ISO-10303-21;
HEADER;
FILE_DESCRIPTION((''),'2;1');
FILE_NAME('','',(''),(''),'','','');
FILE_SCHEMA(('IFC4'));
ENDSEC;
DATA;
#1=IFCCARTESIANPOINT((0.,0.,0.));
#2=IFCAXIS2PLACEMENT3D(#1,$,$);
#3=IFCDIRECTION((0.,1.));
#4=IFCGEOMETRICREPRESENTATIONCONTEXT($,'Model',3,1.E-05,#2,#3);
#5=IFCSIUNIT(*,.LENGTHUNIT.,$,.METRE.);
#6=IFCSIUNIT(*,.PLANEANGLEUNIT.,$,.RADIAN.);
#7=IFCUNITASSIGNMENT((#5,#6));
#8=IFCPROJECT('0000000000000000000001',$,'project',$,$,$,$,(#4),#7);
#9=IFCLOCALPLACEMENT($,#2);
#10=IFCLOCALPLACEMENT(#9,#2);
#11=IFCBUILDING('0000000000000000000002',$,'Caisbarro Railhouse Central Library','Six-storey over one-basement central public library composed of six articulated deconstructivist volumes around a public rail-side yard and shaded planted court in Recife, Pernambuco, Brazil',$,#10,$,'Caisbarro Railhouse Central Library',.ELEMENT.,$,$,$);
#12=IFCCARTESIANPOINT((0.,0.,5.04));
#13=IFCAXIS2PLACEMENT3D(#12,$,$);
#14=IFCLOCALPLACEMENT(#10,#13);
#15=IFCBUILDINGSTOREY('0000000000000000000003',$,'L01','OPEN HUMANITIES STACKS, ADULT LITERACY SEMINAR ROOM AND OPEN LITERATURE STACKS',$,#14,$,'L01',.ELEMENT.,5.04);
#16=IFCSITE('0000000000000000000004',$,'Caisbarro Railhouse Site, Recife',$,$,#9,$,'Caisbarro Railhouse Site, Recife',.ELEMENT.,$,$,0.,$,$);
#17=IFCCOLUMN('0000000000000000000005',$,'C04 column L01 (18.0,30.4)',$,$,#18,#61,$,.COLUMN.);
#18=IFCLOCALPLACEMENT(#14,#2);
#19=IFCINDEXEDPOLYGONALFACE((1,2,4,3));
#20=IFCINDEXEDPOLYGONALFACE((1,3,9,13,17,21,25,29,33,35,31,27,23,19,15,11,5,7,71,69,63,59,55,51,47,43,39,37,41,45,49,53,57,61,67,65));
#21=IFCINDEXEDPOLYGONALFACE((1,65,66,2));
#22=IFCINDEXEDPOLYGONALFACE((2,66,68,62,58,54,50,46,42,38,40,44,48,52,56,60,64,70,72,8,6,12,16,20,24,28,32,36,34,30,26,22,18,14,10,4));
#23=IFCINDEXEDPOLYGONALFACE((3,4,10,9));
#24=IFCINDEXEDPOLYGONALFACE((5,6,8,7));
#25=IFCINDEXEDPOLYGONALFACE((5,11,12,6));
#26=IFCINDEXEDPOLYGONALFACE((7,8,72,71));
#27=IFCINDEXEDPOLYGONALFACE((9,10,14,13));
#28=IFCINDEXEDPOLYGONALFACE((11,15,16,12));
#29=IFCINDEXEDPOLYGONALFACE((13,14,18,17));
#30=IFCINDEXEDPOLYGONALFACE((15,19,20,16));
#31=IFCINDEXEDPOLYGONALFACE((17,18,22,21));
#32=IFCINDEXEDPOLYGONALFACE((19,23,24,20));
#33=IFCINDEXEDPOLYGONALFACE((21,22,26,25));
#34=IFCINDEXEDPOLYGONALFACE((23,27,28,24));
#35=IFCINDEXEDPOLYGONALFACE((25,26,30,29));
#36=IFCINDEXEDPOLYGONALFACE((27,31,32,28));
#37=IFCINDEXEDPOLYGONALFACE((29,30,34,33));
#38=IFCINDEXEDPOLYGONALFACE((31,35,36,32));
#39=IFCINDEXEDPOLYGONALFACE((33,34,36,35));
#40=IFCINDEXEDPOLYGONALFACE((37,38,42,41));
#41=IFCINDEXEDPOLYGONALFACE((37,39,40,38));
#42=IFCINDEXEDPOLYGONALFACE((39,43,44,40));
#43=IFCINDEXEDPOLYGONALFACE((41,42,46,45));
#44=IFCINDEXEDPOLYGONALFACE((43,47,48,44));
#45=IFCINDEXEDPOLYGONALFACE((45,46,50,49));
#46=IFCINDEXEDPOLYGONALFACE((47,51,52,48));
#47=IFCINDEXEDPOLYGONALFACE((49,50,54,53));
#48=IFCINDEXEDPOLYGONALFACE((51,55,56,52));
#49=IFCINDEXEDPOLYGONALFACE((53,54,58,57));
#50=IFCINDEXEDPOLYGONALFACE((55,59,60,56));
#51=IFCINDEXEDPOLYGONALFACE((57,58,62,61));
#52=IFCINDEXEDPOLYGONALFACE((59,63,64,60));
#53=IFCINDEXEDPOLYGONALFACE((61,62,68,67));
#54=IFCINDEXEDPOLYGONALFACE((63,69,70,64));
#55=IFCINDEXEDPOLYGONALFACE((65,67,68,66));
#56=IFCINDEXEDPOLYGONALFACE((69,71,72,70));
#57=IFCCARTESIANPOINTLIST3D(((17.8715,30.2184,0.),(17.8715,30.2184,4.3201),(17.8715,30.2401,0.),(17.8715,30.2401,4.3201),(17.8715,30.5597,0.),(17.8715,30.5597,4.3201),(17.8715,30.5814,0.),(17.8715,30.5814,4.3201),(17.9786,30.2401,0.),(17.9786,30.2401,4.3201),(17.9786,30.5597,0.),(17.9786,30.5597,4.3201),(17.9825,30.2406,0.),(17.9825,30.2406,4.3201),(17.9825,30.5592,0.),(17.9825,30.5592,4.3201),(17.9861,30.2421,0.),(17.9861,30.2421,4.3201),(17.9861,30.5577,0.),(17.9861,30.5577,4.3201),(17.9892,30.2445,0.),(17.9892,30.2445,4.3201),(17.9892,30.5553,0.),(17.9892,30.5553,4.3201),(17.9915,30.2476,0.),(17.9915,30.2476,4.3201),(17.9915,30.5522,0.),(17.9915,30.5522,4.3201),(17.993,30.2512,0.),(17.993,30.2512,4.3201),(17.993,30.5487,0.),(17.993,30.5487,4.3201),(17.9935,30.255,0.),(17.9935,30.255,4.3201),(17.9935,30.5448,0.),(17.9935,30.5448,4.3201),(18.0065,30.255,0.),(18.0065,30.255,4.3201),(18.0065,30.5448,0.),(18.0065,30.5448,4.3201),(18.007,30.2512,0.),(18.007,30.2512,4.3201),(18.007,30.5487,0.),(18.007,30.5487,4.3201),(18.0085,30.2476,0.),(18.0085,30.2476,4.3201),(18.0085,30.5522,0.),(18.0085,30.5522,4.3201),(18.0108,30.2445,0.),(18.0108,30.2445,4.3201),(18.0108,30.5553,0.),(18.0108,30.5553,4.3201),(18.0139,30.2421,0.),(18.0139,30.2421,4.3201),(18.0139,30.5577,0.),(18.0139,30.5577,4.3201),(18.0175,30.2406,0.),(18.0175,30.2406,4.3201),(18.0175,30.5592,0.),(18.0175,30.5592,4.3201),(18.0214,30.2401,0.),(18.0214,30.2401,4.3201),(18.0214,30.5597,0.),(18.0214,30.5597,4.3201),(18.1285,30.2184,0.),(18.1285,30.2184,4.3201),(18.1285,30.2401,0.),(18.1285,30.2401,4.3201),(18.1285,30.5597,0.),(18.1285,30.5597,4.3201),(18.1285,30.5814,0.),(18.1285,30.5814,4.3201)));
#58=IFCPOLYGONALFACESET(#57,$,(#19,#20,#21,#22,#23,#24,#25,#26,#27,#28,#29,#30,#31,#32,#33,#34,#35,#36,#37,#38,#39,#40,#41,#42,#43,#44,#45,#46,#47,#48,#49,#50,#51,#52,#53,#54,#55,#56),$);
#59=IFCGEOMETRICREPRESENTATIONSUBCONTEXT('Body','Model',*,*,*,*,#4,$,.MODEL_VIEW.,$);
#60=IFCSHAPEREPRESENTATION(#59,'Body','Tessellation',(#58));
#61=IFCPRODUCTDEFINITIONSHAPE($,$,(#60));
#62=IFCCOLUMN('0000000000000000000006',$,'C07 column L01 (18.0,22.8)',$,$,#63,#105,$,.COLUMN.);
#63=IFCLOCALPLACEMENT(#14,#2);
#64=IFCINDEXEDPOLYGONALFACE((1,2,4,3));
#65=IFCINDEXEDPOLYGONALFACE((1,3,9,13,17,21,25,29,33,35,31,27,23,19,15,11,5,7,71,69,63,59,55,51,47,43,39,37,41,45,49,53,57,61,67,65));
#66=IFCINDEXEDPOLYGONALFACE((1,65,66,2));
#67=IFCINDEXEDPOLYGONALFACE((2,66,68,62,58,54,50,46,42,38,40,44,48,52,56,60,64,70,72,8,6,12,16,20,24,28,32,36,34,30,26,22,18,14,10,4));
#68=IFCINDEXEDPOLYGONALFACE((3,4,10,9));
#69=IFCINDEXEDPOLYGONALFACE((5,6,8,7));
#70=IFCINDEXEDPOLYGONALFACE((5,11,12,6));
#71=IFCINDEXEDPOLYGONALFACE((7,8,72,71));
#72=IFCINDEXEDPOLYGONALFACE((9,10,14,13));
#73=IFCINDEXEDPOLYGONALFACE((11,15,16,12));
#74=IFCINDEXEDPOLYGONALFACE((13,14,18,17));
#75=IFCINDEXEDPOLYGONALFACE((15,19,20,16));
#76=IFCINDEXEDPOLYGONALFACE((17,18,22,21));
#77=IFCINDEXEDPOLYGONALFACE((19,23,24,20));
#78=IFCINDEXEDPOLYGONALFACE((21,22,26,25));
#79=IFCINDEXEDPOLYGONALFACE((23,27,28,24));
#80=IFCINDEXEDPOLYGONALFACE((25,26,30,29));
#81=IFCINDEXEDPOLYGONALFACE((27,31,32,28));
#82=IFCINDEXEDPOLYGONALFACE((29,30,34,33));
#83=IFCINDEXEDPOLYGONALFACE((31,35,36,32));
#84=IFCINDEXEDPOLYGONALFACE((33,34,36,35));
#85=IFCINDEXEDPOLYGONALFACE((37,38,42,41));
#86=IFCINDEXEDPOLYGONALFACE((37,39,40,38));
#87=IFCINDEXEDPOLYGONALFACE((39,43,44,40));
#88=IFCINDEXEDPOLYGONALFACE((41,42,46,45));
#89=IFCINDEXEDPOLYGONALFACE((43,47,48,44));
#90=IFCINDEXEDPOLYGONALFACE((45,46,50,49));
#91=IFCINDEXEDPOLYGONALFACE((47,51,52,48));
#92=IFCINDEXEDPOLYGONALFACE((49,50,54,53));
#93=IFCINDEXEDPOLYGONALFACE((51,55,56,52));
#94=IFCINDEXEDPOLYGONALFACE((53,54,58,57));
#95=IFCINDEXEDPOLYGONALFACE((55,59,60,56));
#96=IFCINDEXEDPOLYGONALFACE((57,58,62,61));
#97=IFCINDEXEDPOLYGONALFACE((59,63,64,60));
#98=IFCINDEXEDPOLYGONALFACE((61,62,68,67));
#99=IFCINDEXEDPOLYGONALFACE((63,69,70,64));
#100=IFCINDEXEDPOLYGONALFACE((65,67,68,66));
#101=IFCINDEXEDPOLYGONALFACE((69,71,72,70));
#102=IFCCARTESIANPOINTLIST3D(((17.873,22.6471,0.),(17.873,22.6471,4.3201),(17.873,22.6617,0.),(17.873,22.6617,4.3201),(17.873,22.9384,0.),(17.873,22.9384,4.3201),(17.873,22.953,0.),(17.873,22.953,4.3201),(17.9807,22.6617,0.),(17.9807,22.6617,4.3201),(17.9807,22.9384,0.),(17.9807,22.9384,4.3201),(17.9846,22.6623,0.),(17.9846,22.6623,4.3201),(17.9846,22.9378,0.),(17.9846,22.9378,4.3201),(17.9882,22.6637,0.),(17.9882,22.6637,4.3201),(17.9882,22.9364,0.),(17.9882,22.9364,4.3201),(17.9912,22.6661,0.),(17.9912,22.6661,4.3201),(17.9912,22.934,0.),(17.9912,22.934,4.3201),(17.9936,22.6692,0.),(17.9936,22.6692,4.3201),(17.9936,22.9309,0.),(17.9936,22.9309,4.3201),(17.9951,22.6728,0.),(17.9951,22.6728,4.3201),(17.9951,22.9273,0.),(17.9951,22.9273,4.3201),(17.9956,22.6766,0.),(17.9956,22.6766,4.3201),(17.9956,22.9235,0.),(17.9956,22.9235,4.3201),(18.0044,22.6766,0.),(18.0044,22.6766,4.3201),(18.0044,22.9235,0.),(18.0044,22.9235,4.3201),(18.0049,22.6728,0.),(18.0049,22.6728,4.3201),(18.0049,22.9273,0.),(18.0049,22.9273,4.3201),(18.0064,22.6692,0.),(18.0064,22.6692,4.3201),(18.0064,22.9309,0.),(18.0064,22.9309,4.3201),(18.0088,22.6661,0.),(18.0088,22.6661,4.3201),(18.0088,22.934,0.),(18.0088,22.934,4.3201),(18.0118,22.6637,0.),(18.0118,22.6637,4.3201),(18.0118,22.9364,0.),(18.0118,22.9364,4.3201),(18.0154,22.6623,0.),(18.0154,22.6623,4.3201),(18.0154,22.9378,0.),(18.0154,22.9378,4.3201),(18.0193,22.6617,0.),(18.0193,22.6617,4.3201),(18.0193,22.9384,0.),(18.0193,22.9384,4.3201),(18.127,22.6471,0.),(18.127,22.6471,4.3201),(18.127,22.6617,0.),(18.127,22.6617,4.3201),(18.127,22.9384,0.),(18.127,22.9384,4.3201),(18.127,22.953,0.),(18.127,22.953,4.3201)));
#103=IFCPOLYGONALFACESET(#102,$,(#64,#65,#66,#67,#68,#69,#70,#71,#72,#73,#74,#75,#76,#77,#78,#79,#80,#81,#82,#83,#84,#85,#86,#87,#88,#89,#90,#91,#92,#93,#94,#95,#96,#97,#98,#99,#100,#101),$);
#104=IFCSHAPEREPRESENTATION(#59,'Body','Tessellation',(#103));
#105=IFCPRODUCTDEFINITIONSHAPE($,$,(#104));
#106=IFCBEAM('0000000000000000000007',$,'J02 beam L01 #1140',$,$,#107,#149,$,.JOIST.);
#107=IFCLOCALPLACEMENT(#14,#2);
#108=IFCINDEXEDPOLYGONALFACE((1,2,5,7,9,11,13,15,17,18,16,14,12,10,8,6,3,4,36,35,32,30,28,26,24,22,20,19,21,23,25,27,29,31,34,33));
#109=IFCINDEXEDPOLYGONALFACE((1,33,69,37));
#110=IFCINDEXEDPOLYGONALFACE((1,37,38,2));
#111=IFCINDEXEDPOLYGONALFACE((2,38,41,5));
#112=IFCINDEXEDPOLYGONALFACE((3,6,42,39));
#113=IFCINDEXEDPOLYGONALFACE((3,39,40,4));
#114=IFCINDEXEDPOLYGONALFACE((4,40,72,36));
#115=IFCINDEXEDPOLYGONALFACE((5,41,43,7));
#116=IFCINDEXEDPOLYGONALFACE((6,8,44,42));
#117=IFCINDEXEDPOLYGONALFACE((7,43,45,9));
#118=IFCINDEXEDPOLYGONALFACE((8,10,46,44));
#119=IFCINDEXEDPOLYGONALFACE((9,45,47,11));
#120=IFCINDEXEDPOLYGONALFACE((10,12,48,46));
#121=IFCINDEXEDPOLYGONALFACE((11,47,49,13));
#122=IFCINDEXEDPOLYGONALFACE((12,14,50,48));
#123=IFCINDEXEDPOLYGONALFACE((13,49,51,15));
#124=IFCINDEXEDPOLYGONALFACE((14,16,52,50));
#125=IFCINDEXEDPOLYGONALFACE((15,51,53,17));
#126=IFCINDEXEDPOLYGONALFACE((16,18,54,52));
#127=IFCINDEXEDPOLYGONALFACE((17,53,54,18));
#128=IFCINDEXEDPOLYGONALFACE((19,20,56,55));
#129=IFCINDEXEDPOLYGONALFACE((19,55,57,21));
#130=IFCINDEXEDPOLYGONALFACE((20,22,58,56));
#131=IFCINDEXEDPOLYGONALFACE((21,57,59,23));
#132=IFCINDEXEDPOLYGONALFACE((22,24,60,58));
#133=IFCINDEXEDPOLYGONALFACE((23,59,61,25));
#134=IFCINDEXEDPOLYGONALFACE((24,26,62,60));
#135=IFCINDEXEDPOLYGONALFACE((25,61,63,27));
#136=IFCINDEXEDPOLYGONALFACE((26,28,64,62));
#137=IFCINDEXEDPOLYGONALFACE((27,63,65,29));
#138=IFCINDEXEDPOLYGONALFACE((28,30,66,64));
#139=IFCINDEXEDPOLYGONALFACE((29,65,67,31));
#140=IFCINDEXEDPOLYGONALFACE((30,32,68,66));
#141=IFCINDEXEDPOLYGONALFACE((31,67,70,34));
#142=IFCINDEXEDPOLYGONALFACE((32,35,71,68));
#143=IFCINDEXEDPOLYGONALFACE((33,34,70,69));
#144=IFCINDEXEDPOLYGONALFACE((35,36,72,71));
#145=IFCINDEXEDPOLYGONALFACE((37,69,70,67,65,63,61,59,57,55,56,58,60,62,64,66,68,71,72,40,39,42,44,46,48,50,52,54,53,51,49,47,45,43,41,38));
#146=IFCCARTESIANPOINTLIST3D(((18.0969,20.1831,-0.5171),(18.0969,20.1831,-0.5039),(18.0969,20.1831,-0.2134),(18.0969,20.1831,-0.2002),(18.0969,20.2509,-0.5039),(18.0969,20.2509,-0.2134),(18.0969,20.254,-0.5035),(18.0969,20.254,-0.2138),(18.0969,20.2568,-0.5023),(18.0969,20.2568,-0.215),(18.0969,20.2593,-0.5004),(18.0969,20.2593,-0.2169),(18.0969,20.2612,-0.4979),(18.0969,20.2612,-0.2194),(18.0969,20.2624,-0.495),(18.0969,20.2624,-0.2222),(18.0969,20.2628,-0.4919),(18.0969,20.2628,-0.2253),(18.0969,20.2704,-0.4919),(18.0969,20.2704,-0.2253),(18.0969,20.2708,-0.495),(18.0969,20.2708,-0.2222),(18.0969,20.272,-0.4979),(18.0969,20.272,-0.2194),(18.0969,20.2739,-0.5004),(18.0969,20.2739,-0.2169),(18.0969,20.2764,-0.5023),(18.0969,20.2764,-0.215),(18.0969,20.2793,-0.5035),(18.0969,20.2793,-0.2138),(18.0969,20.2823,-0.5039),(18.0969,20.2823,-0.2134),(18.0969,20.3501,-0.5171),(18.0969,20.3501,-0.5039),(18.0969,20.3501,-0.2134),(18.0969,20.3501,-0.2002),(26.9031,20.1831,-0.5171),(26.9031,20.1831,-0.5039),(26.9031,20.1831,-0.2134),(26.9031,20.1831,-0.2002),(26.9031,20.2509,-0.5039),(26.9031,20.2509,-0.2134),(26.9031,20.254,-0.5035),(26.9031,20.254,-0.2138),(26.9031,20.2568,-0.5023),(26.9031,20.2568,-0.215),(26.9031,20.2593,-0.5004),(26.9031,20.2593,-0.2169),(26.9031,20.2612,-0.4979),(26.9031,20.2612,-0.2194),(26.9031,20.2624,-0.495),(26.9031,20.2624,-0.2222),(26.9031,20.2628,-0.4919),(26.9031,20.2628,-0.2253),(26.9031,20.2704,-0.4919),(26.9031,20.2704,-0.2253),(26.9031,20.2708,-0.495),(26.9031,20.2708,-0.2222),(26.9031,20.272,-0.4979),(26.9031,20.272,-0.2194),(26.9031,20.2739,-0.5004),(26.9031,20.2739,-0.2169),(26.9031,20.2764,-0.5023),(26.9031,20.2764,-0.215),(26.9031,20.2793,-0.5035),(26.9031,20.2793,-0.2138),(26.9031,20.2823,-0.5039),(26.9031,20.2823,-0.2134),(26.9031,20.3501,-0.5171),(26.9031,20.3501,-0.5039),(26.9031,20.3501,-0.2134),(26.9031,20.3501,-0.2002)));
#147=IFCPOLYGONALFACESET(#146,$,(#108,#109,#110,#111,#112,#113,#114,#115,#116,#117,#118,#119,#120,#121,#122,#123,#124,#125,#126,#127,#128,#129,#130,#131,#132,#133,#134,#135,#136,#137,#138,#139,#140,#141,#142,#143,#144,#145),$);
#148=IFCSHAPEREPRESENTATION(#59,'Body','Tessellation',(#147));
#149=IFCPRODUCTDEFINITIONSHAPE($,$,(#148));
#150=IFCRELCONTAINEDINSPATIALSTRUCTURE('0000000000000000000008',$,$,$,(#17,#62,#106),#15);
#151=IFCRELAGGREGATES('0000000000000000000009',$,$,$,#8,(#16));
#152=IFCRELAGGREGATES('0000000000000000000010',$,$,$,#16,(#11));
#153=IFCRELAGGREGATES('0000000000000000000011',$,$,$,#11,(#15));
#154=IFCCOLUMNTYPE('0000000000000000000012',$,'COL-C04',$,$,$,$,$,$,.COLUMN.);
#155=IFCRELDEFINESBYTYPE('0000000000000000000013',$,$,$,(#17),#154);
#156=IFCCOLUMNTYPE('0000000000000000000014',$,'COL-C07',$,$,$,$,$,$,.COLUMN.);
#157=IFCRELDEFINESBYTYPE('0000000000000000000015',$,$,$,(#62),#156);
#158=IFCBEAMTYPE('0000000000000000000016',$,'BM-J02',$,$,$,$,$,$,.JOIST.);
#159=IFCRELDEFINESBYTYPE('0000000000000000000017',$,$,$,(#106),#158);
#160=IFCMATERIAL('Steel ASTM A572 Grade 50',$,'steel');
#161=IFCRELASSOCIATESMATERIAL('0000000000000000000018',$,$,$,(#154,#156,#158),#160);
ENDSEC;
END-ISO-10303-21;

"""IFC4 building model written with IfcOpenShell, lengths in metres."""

from ifc_helpers import new_model, si_unit, direction, frame, origin, origin_2d, place, context, subcontext, project, spatial, i_section, extrude, material, material_profile, profile_set, type_object, element, save


model = new_model("IFC4")

# Units and contexts
model_context = context("Model", 3, precision=1e-05, world=origin(), true_north=direction((0.0, 1.0)))
body_context = subcontext(model_context, "Body", "Model", "MODEL_VIEW")
ifc_project = project(units=[si_unit("LENGTHUNIT", "METRE"), si_unit("PLANEANGLEUNIT", "RADIAN")], contexts=[model_context])

# Site, building, storey
site_placement = place(None, origin())
site = spatial("IfcSite", under=ifc_project, at=site_placement, Name="Caisbarro Railhouse Site, Recife", LongName="Caisbarro Railhouse Site, Recife", CompositionType="ELEMENT", RefElevation=0.0)
building_placement = place(site_placement, origin())
building = spatial("IfcBuilding", under=site, at=building_placement, Name="Caisbarro Railhouse Central Library", Description="Six-storey over one-basement central public library composed of six articulated deconstructivist volumes around a public rail-side yard and shaded planted court in Recife, Pernambuco, Brazil", LongName="Caisbarro Railhouse Central Library", CompositionType="ELEMENT")
storey_placement = place(building_placement, frame((0.0, 0.0, 5.04)))
storey = spatial("IfcBuildingStorey", under=building, at=storey_placement, Name="L01", Description="OPEN HUMANITIES STACKS, ADULT LITERACY SEMINAR ROOM AND OPEN LITERATURE STACKS", LongName="L01", CompositionType="ELEMENT", Elevation=5.04)

# Columns
ifc_material_1 = material(Name="Steel ASTM A572 Grade 50", Category="steel")
ifc_material_profile_1 = material_profile(ifc_material_1, i_section(OverallWidth=0.2571, OverallDepth=0.363, WebThickness=0.0129, FlangeThickness=0.0217, FilletRadius=0.0149, at=origin_2d()), Name="W360X122.0")
ifc_profile_set_1 = profile_set([ifc_material_profile_1], Name="Steel ASTM A572 Grade 50")
column_type_1 = type_object("IfcColumnType", Name="COL-C04", PredefinedType="COLUMN", material=ifc_profile_set_1)
column_1_placement = place(storey_placement, frame((18.0, 30.3999, 0.0), z_axis=(0.0, 0.0, 1.0), x_axis=(1.0, 0.0, 0.0)))
element("IfcColumn", 1, at=column_1_placement, inside=storey, type_object=column_type_1, Name="C04 column L01 (18.0,30.4)", PredefinedType="COLUMN", context=body_context, shape_type="SweptSolid", body=[
    extrude(i_section(OverallWidth=0.2571, OverallDepth=0.363, WebThickness=0.0129, FlangeThickness=0.0217, FilletRadius=0.0149, at=origin_2d()), origin(), (0.0, 0.0, 1.0), 4.3201),
])
ifc_material_profile_2 = material_profile(ifc_material_1, i_section(OverallWidth=0.2539, OverallDepth=0.3059, WebThickness=0.0088, FlangeThickness=0.0146, FilletRadius=0.0149, at=origin_2d()), Name="W310X79.0")
ifc_profile_set_2 = profile_set([ifc_material_profile_2], Name="Steel ASTM A572 Grade 50")
column_type_2 = type_object("IfcColumnType", Name="COL-C07", PredefinedType="COLUMN", material=ifc_profile_set_2)
column_2_placement = place(storey_placement, frame((18.0, 22.8, 0.0), z_axis=(0.0, 0.0, 1.0), x_axis=(1.0, 0.0, 0.0)))
element("IfcColumn", 2, at=column_2_placement, inside=storey, type_object=column_type_2, Name="C07 column L01 (18.0,22.8)", PredefinedType="COLUMN", context=body_context, shape_type="SweptSolid", body=[
    extrude(i_section(OverallWidth=0.2539, OverallDepth=0.3059, WebThickness=0.0088, FlangeThickness=0.0146, FilletRadius=0.0149, at=origin_2d()), origin(), (0.0, 0.0, 1.0), 4.3201),
])

# Beam
ifc_material_profile_3 = material_profile(ifc_material_1, i_section(OverallWidth=0.167, OverallDepth=0.3169, WebThickness=0.0076, FlangeThickness=0.0132, FilletRadius=0.012, at=origin_2d()), Name="W310X52.0")
ifc_profile_set_3 = profile_set([ifc_material_profile_3], Name="Steel ASTM A572 Grade 50")
beam_type_1 = type_object("IfcBeamType", Name="BM-J02", PredefinedType="JOIST", material=ifc_profile_set_3)
beam_1_placement = place(storey_placement, frame((18.0969, 20.2666, -0.3586), z_axis=(1.0, 0.0, 0.0), x_axis=(0.0, 1.0, 0.0)))
element("IfcBeam", 3, at=beam_1_placement, inside=storey, type_object=beam_type_1, Name="J02 beam L01 #1140", PredefinedType="JOIST", context=body_context, shape_type="SweptSolid", body=[
    extrude(i_section(OverallWidth=0.167, OverallDepth=0.3169, WebThickness=0.0076, FlangeThickness=0.0132, FilletRadius=0.012, at=origin_2d()), origin(), (0.0, 0.0, 1.0), 8.8062),
])

save(model, "model.ifc")
